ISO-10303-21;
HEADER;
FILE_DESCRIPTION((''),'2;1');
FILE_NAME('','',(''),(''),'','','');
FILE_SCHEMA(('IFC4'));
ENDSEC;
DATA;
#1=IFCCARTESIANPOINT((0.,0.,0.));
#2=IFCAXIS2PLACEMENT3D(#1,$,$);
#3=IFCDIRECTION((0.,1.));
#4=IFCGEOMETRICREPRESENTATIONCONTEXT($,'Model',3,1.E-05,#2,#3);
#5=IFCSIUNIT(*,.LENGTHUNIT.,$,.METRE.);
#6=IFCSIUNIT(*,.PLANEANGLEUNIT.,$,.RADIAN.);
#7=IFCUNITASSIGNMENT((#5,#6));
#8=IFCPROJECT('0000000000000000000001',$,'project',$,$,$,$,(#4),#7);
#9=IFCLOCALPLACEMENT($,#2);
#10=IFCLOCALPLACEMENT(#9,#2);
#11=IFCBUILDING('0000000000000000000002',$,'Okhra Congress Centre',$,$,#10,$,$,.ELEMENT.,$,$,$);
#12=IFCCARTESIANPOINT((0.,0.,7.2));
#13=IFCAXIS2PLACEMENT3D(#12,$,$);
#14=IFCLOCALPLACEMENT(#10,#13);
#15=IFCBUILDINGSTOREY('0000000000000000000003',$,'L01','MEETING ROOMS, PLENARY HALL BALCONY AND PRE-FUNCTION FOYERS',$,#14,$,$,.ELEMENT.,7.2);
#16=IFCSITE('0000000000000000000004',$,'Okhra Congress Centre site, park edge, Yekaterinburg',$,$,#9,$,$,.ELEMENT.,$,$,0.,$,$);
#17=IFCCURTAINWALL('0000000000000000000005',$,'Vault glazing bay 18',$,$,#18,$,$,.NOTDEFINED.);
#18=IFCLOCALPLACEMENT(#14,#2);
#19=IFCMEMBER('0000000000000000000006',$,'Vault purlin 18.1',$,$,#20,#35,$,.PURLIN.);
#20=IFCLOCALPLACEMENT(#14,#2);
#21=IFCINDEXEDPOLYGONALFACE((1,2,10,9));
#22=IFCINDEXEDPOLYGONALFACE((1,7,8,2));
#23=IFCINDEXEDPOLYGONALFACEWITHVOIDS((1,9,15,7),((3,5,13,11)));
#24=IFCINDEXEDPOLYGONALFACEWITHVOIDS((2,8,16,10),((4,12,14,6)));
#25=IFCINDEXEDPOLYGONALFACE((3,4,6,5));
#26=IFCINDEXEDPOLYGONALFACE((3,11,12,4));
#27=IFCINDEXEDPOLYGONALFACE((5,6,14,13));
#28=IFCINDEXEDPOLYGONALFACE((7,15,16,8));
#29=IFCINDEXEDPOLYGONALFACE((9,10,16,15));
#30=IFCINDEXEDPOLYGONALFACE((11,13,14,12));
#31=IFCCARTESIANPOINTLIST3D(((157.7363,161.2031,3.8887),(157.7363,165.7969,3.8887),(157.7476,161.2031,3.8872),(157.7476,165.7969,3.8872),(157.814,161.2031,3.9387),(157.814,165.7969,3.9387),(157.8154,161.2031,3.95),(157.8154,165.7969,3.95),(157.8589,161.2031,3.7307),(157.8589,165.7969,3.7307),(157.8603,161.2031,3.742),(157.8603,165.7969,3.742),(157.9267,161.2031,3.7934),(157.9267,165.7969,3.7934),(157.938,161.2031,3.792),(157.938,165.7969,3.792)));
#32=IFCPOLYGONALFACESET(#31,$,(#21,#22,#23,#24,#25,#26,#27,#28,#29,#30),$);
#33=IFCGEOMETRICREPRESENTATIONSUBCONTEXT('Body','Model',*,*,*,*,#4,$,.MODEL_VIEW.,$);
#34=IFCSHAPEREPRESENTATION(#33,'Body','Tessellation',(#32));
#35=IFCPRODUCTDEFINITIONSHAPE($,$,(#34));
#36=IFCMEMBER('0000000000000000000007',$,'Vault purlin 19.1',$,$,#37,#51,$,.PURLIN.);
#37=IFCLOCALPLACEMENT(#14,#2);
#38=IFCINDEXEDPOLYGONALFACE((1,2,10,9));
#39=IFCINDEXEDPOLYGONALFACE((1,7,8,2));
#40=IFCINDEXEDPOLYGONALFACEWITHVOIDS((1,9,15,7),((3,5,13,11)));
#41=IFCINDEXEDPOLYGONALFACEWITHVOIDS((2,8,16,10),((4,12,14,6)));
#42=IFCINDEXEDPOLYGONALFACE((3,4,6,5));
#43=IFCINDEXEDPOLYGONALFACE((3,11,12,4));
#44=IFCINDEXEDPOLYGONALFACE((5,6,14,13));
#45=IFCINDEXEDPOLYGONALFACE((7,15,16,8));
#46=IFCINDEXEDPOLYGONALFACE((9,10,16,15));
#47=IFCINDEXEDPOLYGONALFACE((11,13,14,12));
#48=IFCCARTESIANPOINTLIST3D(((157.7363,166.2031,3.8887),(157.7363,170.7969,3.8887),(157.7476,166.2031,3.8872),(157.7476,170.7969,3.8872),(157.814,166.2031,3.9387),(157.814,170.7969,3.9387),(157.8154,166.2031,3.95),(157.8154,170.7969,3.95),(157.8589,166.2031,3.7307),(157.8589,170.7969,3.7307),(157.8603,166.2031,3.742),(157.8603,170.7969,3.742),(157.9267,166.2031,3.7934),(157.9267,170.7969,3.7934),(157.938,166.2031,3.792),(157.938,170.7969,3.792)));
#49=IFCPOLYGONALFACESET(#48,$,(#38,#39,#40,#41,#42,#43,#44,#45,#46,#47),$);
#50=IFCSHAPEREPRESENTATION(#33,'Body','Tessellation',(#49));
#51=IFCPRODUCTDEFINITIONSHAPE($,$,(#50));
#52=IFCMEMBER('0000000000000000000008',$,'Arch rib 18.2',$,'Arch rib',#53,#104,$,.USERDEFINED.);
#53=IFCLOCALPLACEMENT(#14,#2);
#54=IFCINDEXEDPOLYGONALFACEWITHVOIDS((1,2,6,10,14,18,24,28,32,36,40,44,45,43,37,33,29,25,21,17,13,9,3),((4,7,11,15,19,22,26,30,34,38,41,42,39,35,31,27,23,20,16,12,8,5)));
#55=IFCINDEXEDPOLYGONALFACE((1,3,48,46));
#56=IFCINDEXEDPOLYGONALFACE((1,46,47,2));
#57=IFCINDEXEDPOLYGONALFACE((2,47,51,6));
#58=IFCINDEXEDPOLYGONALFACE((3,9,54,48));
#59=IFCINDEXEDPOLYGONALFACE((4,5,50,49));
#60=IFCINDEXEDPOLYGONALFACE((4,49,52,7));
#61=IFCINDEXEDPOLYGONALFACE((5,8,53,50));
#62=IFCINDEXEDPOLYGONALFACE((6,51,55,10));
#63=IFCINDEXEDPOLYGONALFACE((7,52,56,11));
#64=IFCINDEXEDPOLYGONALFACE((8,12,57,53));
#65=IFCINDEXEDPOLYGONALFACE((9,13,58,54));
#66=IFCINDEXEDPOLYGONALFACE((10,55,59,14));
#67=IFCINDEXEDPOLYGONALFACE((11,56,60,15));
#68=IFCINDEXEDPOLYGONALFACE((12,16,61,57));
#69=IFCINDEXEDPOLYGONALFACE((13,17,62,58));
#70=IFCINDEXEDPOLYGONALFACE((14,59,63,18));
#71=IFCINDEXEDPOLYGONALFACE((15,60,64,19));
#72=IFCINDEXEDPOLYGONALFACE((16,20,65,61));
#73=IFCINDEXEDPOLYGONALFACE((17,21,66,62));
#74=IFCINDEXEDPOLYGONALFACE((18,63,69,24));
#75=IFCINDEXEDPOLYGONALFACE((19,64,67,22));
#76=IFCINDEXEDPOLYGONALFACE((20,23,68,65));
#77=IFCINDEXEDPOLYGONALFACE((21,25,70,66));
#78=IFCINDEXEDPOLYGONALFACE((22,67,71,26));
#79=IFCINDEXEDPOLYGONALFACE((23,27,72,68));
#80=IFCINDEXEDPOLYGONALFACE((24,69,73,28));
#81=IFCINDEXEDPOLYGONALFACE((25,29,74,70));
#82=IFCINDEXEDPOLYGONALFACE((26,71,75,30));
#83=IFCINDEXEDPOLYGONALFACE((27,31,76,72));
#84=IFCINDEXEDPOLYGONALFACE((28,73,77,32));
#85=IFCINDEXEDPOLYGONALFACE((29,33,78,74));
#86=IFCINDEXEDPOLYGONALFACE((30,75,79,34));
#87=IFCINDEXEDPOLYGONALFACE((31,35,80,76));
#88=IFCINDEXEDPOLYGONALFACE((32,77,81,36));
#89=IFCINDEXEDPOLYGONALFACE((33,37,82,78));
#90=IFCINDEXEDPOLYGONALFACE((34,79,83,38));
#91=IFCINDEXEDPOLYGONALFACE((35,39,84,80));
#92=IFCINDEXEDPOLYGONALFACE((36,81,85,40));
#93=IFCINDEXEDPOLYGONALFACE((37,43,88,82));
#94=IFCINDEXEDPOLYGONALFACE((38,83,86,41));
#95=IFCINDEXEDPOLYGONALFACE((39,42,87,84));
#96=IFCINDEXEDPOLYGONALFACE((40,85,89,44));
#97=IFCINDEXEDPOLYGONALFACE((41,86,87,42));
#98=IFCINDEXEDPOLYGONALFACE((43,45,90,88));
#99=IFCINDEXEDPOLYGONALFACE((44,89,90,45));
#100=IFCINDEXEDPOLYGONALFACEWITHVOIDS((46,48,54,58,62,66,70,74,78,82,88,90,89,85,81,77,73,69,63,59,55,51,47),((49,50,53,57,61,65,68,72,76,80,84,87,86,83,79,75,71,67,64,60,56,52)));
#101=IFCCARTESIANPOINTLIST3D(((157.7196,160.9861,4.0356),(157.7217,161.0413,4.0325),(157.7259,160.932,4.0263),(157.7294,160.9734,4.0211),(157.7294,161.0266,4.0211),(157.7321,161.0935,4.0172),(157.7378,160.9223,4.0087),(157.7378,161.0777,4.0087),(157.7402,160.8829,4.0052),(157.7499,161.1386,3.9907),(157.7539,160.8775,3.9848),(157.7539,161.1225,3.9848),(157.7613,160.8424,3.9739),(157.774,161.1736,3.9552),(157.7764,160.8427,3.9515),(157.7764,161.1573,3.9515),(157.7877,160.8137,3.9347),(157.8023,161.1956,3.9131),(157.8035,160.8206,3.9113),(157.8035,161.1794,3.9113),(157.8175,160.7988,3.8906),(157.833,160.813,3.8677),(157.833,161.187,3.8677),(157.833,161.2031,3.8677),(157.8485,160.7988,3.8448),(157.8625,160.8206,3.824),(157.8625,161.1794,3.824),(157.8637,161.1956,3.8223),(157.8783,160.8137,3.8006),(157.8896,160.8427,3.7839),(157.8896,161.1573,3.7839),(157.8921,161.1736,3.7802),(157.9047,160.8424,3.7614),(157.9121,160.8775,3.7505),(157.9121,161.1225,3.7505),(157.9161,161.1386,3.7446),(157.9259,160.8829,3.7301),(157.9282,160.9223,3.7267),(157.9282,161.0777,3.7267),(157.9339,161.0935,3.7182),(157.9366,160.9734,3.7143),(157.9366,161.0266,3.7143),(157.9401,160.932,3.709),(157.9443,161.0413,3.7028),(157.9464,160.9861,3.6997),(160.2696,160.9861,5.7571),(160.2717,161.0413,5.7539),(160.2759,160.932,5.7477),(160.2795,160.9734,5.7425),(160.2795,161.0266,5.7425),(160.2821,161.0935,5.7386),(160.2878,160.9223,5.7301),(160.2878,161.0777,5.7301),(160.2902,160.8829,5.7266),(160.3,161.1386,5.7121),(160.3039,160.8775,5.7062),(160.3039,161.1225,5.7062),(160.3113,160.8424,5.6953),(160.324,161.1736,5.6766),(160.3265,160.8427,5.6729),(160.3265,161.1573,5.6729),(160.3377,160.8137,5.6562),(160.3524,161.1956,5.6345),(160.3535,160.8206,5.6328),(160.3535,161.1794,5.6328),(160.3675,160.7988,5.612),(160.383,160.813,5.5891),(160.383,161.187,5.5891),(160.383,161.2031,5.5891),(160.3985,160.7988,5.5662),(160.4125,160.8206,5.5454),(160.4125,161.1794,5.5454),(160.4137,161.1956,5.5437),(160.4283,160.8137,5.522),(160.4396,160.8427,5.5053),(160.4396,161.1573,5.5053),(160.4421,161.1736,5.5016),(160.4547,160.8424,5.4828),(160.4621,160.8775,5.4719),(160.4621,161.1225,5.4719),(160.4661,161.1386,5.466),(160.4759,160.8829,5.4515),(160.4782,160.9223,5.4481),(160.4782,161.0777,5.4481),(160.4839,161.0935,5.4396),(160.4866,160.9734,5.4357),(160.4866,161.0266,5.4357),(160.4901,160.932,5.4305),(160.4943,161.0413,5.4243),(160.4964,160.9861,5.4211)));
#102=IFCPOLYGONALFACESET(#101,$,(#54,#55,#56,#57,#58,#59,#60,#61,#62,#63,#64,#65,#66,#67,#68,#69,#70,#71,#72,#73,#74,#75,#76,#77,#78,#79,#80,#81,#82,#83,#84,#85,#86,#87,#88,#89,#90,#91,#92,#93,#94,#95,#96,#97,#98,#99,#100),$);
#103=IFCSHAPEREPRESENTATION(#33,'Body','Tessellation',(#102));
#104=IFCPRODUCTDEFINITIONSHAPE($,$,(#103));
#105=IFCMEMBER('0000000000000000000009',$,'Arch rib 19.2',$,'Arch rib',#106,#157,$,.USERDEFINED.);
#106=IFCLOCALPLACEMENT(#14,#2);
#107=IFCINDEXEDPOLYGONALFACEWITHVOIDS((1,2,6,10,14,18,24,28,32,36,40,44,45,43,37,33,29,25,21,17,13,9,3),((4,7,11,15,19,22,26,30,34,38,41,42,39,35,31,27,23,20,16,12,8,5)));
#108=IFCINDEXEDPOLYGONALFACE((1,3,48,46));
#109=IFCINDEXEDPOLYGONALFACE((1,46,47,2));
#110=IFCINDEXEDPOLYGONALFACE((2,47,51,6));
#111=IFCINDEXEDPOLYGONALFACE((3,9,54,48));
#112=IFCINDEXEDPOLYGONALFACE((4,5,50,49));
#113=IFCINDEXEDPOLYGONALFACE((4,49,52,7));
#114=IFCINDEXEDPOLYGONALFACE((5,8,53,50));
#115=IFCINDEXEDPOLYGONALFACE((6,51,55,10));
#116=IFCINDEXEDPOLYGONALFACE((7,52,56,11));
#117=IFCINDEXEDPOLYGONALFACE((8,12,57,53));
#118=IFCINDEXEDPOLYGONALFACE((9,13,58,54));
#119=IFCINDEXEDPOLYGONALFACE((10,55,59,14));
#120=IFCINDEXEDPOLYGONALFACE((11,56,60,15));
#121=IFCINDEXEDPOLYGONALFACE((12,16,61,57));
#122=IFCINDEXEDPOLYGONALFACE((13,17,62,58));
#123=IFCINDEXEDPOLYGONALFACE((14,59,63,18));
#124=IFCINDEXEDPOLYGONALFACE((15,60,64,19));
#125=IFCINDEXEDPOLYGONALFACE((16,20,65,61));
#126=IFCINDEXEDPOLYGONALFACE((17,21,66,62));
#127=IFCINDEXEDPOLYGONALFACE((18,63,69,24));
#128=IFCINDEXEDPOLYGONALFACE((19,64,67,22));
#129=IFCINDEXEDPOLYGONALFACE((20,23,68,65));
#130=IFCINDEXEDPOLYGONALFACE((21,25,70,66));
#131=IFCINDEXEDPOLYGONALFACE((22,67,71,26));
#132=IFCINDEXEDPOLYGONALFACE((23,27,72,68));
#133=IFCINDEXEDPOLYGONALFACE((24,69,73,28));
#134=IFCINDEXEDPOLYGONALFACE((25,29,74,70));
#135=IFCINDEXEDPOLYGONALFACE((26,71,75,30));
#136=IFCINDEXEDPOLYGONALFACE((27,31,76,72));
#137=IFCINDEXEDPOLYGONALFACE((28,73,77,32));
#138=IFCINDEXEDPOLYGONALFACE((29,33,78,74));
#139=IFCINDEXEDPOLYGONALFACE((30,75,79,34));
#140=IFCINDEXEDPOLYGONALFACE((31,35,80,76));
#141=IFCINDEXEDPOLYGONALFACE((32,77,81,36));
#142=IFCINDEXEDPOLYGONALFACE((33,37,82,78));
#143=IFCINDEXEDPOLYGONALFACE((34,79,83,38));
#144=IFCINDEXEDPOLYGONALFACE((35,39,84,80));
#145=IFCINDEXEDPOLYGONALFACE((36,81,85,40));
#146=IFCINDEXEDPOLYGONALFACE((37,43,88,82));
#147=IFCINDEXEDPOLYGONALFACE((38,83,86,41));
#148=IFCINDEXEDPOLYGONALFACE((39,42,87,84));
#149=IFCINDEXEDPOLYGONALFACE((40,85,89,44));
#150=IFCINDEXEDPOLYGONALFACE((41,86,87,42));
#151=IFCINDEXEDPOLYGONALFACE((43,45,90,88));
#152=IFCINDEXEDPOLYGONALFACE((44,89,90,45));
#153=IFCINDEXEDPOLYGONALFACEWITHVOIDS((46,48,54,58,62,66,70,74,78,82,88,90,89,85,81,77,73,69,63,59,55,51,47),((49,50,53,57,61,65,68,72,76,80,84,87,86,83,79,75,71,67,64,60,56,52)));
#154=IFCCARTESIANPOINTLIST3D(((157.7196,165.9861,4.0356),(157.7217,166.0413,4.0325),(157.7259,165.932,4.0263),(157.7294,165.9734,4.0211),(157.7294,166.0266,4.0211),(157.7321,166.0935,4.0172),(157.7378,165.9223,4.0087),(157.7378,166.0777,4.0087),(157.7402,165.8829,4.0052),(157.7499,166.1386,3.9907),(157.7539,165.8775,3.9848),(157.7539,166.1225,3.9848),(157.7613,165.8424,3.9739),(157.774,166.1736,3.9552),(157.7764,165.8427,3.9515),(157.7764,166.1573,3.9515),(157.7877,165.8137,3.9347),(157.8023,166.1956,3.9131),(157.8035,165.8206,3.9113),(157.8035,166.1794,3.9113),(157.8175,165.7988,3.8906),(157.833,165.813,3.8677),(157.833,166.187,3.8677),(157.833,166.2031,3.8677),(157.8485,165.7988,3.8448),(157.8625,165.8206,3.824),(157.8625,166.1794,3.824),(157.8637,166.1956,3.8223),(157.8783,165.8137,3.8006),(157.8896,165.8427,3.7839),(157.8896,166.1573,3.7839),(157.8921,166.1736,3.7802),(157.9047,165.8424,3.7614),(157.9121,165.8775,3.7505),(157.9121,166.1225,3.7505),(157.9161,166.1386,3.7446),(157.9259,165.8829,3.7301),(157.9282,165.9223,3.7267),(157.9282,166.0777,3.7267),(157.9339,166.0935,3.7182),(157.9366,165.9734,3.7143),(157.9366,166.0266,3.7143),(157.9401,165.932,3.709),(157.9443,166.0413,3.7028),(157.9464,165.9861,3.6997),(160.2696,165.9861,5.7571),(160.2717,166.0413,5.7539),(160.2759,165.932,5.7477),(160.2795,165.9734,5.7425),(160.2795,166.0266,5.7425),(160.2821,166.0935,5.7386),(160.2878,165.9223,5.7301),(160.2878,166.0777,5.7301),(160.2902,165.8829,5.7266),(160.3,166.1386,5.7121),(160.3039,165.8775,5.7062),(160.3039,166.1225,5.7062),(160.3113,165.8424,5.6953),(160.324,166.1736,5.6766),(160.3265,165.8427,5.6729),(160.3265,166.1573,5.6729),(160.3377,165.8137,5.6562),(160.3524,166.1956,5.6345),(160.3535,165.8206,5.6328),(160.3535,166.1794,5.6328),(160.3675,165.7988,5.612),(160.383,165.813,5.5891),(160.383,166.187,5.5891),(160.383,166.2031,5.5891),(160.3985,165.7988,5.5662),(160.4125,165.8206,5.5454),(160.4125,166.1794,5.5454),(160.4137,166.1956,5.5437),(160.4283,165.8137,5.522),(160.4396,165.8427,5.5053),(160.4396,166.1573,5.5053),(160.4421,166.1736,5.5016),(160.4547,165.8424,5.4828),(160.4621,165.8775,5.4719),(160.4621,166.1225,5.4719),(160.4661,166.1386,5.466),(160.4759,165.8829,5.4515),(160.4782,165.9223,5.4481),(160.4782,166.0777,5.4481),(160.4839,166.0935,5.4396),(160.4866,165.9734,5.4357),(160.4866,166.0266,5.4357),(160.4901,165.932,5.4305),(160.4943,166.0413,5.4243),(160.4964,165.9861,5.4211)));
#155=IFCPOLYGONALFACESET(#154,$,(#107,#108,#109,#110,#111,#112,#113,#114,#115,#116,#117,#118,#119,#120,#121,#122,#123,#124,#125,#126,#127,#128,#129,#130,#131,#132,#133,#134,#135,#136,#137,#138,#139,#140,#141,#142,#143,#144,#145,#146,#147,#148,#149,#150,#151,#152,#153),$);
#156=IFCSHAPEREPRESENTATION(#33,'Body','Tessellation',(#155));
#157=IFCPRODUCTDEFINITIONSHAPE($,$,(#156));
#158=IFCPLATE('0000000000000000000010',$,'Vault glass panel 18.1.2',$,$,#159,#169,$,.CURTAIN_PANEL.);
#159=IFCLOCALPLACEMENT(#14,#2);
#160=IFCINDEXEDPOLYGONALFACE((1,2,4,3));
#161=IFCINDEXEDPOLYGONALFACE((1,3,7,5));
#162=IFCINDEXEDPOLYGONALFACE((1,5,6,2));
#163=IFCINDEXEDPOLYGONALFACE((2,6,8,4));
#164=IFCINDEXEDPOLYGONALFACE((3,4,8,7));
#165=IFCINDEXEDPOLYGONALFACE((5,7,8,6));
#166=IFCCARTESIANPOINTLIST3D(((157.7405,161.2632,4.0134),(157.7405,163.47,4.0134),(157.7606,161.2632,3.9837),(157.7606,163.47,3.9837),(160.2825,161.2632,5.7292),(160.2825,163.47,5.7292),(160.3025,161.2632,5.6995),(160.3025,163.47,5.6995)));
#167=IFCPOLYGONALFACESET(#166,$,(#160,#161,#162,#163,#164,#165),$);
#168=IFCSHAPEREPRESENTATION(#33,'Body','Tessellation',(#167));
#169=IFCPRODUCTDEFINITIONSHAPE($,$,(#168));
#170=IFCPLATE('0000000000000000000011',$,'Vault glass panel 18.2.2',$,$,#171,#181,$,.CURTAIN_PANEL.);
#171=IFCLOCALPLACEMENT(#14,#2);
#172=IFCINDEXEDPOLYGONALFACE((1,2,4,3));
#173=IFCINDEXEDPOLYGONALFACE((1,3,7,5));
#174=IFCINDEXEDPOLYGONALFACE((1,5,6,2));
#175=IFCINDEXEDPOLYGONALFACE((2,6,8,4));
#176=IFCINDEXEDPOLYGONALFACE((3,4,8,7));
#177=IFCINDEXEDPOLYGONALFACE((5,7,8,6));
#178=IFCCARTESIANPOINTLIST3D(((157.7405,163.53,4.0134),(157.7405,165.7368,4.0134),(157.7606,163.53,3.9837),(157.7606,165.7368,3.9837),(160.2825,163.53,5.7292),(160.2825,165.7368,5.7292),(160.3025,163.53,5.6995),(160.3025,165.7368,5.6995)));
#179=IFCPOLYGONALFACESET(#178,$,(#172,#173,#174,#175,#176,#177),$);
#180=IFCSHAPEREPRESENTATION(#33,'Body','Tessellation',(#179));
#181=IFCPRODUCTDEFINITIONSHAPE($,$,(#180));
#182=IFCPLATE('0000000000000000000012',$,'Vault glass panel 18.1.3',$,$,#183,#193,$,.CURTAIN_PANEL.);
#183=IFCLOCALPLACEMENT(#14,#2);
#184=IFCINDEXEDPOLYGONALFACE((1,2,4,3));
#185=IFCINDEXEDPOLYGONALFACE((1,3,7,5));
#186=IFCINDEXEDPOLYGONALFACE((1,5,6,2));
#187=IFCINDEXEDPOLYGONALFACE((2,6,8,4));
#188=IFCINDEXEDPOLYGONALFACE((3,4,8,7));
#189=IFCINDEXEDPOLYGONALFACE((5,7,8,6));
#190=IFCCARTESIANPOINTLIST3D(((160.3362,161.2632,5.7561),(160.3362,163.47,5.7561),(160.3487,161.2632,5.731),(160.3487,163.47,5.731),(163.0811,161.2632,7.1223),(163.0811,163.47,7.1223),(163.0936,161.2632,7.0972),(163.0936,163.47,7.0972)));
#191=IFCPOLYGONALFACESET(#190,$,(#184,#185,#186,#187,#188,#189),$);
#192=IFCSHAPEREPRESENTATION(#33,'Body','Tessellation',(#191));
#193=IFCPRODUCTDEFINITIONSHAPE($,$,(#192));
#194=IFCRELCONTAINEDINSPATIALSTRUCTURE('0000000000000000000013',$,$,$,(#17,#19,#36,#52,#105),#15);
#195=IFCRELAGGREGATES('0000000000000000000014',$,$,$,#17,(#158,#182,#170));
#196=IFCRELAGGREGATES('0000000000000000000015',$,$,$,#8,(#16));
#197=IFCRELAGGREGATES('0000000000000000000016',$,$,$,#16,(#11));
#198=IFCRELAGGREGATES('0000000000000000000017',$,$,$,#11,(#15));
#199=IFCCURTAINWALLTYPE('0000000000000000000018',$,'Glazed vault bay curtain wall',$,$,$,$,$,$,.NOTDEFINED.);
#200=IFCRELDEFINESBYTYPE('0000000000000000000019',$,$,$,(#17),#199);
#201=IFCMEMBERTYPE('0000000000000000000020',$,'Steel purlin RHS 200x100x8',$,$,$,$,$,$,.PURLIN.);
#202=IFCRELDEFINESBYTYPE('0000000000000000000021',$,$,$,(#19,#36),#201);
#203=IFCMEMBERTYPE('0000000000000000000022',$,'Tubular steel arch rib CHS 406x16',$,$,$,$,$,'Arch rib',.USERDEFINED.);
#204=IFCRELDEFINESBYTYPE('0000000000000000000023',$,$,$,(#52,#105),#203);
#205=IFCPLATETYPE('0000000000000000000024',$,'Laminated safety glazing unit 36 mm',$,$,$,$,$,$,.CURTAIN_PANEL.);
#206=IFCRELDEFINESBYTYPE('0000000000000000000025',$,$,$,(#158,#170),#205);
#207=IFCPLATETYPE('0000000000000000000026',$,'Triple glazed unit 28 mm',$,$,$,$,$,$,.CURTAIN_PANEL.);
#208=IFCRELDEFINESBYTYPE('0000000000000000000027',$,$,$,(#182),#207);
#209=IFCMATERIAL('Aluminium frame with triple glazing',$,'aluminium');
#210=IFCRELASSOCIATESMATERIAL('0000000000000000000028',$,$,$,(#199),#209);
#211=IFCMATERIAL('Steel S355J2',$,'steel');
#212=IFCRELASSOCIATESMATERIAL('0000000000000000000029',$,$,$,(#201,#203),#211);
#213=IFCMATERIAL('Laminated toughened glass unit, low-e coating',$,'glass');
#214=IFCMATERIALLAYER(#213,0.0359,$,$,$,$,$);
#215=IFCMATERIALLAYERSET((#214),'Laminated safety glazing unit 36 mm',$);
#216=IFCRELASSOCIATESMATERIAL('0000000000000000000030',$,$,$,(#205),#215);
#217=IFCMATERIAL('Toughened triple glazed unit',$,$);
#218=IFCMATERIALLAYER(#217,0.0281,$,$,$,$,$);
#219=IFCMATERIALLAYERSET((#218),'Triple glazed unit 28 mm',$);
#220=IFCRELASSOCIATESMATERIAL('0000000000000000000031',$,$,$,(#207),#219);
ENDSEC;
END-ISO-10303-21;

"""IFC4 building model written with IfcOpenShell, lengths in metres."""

from ifc_helpers import new_model, si_unit, direction, frame, origin, origin_2d, place, context, subcontext, project, spatial, polyline, hollow_rectangle, hollow_circle, outline, extrude, material, layer, layer_set, material_profile, profile_set, type_object, element, aggregate, save


model = new_model("IFC4")

# Units and contexts
model_context = context("Model", 3, precision=1e-05, world=origin(), true_north=direction((0.0, 1.0)))
body_context = subcontext(model_context, "Body", "Model", "MODEL_VIEW")
ifc_project = project(units=[si_unit("LENGTHUNIT", "METRE"), si_unit("PLANEANGLEUNIT", "RADIAN")], contexts=[model_context])

# Site, building, storey
site_placement = place(None, origin())
site = spatial("IfcSite", under=ifc_project, at=site_placement, Name="Okhra Congress Centre site, park edge, Yekaterinburg", CompositionType="ELEMENT", RefElevation=0.0)
building_placement = place(site_placement, origin())
building = spatial("IfcBuilding", under=site, at=building_placement, Name="Okhra Congress Centre", CompositionType="ELEMENT")
storey_placement = place(building_placement, frame((0.0, 0.0, 7.2)))
storey = spatial("IfcBuildingStorey", under=building, at=storey_placement, Name="L01", Description="MEETING ROOMS, PLENARY HALL BALCONY AND PRE-FUNCTION FOYERS", CompositionType="ELEMENT", Elevation=7.2)

# Curtain wall
ifc_material_1 = material(Name="Aluminium frame with triple glazing", Category="aluminium")
curtain_wall_type = type_object("IfcCurtainWallType", Name="Glazed vault bay curtain wall", PredefinedType="NOTDEFINED", material=ifc_material_1)
curtain_wall_1_placement = place(storey_placement, origin())
curtain_wall_1 = element("IfcCurtainWall", 1, at=curtain_wall_1_placement, inside=storey, type_object=curtain_wall_type, Name="Vault glazing bay 18", PredefinedType="NOTDEFINED")

# Members
ifc_material_2 = material(Name="Steel S355J2", Category="steel")
ifc_material_profile_1 = material_profile(ifc_material_2, hollow_rectangle(XDim=0.1001, YDim=0.2, WallThickness=0.0081, at=origin_2d()), Name="RHS 200x100x8")
ifc_profile_set_1 = profile_set([ifc_material_profile_1], Name="Steel S355J2")
member_type_1 = type_object("IfcMemberType", Name="Steel purlin RHS 200x100x8", PredefinedType="PURLIN", material=ifc_profile_set_1)
for number, where, z_axis, x_axis, name in (
    (2, (157.8372, 161.2031, 3.8403), (0.0, 1.0, 0.0), (-0.790145, 0.0, -0.61292), "Vault purlin 18.1"),
    (3, (157.8372, 166.2031, 3.8403), (0.0, 1.0, 0.0), (-0.790145, 0.0, -0.61292), "Vault purlin 19.1"),
):
    element("IfcMember", number, at=place(storey_placement, frame(where, z_axis=z_axis, x_axis=x_axis)), inside=storey, type_object=member_type_1, Name=name, PredefinedType="PURLIN", context=body_context, shape_type="SweptSolid", body=[
        extrude(hollow_rectangle(XDim=0.1001, YDim=0.2, WallThickness=0.0081, at=origin_2d()), origin(), (0.0, 0.0, 1.0), 4.5938),
    ])
ifc_material_profile_2 = material_profile(ifc_material_2, hollow_circle(Radius=0.2031, WallThickness=0.0161, at=origin_2d()), Name="CHS 406.4x16")
ifc_profile_set_2 = profile_set([ifc_material_profile_2], Name="Steel S355J2")
member_type_2 = type_object("IfcMemberType", Name="Tubular steel arch rib CHS 406x16", ElementType="Arch rib", PredefinedType="USERDEFINED", material=ifc_profile_set_2)
for number, where, z_axis, x_axis, name in (
    (4, (157.833, 161.0, 3.8677), (0.828826, 0.0, 0.559507), (0.0, 1.0, 0.0), "Arch rib 18.2"),
    (5, (157.833, 166.0, 3.8677), (0.828826, 0.0, 0.559507), (0.0, 1.0, 0.0), "Arch rib 19.2"),
):
    element("IfcMember", number, at=place(storey_placement, frame(where, z_axis=z_axis, x_axis=x_axis)), inside=storey, type_object=member_type_2, Name=name, ObjectType="Arch rib", PredefinedType="USERDEFINED", context=body_context, shape_type="SweptSolid", body=[
        extrude(hollow_circle(Radius=0.2031, WallThickness=0.0161, at=origin_2d()), origin(), (0.0, 0.0, 1.0), 3.0767),
    ])

# Plates
ifc_material_3 = material(Name="Laminated toughened glass unit, low-e coating", Category="glass")
ifc_layer_1 = layer(ifc_material_3, 0.0359)
ifc_layer_set_1 = layer_set([ifc_layer_1], Name="Laminated safety glazing unit 36 mm")
plate_type_1 = type_object("IfcPlateType", Name="Laminated safety glazing unit 36 mm", PredefinedType="CURTAIN_PANEL", material=ifc_layer_set_1)
plate_1_placement = place(storey_placement, frame((157.7405, 161.2632, 4.0134), z_axis=(-0.559467, 0.0, 0.828852), x_axis=(0.828852, 0.0, 0.559467)))
plate_1 = element("IfcPlate", 6, at=plate_1_placement, type_object=plate_type_1, Name="Vault glass panel 18.1.2", PredefinedType="CURTAIN_PANEL", context=body_context, shape_type="SweptSolid", body=[
    extrude(outline(polyline([(0.0, 0.0), (3.0669, 0.0), (3.0669, 2.2068), (0.0, 2.2068), (0.0, 0.0)])), origin(), (0.0, 0.0, -1.0), 0.0359),
])
plate_2_placement = place(storey_placement, frame((157.7405, 163.53, 4.0134), z_axis=(-0.559467, 0.0, 0.828852), x_axis=(0.828852, 0.0, 0.559467)))
plate_2 = element("IfcPlate", 7, at=plate_2_placement, type_object=plate_type_1, Name="Vault glass panel 18.2.2", PredefinedType="CURTAIN_PANEL", context=body_context, shape_type="SweptSolid", body=[
    extrude(outline(polyline([(0.0, 0.0), (3.0669, 0.0), (3.0669, 2.2068), (0.0, 2.2068), (0.0, 0.0)])), origin(), (0.0, 0.0, -1.0), 0.0359),
])
ifc_material_4 = material(Name="Toughened triple glazed unit")
ifc_layer_2 = layer(ifc_material_4, 0.0281)
ifc_layer_set_2 = layer_set([ifc_layer_2], Name="Triple glazed unit 28 mm")
plate_type_2 = type_object("IfcPlateType", Name="Triple glazed unit 28 mm", PredefinedType="CURTAIN_PANEL", material=ifc_layer_set_2)
plate_3_placement = place(storey_placement, frame((160.3362, 161.2632, 5.7561), z_axis=(-0.445588, 0.0, 0.895238), x_axis=(0.895238, 0.0, 0.445588)))
plate_3 = element("IfcPlate", 8, at=plate_3_placement, type_object=plate_type_2, Name="Vault glass panel 18.1.3", PredefinedType="CURTAIN_PANEL", context=body_context, shape_type="SweptSolid", body=[
    extrude(outline(polyline([(0.0, 0.0), (3.0661, 0.0), (3.0661, 2.2068), (0.0, 2.2068), (0.0, 0.0)])), origin(), (0.0, 0.0, -1.0), 0.0281),
])
aggregate(curtain_wall_1, [plate_1, plate_3, plate_2])

save(model, "model.ifc")
